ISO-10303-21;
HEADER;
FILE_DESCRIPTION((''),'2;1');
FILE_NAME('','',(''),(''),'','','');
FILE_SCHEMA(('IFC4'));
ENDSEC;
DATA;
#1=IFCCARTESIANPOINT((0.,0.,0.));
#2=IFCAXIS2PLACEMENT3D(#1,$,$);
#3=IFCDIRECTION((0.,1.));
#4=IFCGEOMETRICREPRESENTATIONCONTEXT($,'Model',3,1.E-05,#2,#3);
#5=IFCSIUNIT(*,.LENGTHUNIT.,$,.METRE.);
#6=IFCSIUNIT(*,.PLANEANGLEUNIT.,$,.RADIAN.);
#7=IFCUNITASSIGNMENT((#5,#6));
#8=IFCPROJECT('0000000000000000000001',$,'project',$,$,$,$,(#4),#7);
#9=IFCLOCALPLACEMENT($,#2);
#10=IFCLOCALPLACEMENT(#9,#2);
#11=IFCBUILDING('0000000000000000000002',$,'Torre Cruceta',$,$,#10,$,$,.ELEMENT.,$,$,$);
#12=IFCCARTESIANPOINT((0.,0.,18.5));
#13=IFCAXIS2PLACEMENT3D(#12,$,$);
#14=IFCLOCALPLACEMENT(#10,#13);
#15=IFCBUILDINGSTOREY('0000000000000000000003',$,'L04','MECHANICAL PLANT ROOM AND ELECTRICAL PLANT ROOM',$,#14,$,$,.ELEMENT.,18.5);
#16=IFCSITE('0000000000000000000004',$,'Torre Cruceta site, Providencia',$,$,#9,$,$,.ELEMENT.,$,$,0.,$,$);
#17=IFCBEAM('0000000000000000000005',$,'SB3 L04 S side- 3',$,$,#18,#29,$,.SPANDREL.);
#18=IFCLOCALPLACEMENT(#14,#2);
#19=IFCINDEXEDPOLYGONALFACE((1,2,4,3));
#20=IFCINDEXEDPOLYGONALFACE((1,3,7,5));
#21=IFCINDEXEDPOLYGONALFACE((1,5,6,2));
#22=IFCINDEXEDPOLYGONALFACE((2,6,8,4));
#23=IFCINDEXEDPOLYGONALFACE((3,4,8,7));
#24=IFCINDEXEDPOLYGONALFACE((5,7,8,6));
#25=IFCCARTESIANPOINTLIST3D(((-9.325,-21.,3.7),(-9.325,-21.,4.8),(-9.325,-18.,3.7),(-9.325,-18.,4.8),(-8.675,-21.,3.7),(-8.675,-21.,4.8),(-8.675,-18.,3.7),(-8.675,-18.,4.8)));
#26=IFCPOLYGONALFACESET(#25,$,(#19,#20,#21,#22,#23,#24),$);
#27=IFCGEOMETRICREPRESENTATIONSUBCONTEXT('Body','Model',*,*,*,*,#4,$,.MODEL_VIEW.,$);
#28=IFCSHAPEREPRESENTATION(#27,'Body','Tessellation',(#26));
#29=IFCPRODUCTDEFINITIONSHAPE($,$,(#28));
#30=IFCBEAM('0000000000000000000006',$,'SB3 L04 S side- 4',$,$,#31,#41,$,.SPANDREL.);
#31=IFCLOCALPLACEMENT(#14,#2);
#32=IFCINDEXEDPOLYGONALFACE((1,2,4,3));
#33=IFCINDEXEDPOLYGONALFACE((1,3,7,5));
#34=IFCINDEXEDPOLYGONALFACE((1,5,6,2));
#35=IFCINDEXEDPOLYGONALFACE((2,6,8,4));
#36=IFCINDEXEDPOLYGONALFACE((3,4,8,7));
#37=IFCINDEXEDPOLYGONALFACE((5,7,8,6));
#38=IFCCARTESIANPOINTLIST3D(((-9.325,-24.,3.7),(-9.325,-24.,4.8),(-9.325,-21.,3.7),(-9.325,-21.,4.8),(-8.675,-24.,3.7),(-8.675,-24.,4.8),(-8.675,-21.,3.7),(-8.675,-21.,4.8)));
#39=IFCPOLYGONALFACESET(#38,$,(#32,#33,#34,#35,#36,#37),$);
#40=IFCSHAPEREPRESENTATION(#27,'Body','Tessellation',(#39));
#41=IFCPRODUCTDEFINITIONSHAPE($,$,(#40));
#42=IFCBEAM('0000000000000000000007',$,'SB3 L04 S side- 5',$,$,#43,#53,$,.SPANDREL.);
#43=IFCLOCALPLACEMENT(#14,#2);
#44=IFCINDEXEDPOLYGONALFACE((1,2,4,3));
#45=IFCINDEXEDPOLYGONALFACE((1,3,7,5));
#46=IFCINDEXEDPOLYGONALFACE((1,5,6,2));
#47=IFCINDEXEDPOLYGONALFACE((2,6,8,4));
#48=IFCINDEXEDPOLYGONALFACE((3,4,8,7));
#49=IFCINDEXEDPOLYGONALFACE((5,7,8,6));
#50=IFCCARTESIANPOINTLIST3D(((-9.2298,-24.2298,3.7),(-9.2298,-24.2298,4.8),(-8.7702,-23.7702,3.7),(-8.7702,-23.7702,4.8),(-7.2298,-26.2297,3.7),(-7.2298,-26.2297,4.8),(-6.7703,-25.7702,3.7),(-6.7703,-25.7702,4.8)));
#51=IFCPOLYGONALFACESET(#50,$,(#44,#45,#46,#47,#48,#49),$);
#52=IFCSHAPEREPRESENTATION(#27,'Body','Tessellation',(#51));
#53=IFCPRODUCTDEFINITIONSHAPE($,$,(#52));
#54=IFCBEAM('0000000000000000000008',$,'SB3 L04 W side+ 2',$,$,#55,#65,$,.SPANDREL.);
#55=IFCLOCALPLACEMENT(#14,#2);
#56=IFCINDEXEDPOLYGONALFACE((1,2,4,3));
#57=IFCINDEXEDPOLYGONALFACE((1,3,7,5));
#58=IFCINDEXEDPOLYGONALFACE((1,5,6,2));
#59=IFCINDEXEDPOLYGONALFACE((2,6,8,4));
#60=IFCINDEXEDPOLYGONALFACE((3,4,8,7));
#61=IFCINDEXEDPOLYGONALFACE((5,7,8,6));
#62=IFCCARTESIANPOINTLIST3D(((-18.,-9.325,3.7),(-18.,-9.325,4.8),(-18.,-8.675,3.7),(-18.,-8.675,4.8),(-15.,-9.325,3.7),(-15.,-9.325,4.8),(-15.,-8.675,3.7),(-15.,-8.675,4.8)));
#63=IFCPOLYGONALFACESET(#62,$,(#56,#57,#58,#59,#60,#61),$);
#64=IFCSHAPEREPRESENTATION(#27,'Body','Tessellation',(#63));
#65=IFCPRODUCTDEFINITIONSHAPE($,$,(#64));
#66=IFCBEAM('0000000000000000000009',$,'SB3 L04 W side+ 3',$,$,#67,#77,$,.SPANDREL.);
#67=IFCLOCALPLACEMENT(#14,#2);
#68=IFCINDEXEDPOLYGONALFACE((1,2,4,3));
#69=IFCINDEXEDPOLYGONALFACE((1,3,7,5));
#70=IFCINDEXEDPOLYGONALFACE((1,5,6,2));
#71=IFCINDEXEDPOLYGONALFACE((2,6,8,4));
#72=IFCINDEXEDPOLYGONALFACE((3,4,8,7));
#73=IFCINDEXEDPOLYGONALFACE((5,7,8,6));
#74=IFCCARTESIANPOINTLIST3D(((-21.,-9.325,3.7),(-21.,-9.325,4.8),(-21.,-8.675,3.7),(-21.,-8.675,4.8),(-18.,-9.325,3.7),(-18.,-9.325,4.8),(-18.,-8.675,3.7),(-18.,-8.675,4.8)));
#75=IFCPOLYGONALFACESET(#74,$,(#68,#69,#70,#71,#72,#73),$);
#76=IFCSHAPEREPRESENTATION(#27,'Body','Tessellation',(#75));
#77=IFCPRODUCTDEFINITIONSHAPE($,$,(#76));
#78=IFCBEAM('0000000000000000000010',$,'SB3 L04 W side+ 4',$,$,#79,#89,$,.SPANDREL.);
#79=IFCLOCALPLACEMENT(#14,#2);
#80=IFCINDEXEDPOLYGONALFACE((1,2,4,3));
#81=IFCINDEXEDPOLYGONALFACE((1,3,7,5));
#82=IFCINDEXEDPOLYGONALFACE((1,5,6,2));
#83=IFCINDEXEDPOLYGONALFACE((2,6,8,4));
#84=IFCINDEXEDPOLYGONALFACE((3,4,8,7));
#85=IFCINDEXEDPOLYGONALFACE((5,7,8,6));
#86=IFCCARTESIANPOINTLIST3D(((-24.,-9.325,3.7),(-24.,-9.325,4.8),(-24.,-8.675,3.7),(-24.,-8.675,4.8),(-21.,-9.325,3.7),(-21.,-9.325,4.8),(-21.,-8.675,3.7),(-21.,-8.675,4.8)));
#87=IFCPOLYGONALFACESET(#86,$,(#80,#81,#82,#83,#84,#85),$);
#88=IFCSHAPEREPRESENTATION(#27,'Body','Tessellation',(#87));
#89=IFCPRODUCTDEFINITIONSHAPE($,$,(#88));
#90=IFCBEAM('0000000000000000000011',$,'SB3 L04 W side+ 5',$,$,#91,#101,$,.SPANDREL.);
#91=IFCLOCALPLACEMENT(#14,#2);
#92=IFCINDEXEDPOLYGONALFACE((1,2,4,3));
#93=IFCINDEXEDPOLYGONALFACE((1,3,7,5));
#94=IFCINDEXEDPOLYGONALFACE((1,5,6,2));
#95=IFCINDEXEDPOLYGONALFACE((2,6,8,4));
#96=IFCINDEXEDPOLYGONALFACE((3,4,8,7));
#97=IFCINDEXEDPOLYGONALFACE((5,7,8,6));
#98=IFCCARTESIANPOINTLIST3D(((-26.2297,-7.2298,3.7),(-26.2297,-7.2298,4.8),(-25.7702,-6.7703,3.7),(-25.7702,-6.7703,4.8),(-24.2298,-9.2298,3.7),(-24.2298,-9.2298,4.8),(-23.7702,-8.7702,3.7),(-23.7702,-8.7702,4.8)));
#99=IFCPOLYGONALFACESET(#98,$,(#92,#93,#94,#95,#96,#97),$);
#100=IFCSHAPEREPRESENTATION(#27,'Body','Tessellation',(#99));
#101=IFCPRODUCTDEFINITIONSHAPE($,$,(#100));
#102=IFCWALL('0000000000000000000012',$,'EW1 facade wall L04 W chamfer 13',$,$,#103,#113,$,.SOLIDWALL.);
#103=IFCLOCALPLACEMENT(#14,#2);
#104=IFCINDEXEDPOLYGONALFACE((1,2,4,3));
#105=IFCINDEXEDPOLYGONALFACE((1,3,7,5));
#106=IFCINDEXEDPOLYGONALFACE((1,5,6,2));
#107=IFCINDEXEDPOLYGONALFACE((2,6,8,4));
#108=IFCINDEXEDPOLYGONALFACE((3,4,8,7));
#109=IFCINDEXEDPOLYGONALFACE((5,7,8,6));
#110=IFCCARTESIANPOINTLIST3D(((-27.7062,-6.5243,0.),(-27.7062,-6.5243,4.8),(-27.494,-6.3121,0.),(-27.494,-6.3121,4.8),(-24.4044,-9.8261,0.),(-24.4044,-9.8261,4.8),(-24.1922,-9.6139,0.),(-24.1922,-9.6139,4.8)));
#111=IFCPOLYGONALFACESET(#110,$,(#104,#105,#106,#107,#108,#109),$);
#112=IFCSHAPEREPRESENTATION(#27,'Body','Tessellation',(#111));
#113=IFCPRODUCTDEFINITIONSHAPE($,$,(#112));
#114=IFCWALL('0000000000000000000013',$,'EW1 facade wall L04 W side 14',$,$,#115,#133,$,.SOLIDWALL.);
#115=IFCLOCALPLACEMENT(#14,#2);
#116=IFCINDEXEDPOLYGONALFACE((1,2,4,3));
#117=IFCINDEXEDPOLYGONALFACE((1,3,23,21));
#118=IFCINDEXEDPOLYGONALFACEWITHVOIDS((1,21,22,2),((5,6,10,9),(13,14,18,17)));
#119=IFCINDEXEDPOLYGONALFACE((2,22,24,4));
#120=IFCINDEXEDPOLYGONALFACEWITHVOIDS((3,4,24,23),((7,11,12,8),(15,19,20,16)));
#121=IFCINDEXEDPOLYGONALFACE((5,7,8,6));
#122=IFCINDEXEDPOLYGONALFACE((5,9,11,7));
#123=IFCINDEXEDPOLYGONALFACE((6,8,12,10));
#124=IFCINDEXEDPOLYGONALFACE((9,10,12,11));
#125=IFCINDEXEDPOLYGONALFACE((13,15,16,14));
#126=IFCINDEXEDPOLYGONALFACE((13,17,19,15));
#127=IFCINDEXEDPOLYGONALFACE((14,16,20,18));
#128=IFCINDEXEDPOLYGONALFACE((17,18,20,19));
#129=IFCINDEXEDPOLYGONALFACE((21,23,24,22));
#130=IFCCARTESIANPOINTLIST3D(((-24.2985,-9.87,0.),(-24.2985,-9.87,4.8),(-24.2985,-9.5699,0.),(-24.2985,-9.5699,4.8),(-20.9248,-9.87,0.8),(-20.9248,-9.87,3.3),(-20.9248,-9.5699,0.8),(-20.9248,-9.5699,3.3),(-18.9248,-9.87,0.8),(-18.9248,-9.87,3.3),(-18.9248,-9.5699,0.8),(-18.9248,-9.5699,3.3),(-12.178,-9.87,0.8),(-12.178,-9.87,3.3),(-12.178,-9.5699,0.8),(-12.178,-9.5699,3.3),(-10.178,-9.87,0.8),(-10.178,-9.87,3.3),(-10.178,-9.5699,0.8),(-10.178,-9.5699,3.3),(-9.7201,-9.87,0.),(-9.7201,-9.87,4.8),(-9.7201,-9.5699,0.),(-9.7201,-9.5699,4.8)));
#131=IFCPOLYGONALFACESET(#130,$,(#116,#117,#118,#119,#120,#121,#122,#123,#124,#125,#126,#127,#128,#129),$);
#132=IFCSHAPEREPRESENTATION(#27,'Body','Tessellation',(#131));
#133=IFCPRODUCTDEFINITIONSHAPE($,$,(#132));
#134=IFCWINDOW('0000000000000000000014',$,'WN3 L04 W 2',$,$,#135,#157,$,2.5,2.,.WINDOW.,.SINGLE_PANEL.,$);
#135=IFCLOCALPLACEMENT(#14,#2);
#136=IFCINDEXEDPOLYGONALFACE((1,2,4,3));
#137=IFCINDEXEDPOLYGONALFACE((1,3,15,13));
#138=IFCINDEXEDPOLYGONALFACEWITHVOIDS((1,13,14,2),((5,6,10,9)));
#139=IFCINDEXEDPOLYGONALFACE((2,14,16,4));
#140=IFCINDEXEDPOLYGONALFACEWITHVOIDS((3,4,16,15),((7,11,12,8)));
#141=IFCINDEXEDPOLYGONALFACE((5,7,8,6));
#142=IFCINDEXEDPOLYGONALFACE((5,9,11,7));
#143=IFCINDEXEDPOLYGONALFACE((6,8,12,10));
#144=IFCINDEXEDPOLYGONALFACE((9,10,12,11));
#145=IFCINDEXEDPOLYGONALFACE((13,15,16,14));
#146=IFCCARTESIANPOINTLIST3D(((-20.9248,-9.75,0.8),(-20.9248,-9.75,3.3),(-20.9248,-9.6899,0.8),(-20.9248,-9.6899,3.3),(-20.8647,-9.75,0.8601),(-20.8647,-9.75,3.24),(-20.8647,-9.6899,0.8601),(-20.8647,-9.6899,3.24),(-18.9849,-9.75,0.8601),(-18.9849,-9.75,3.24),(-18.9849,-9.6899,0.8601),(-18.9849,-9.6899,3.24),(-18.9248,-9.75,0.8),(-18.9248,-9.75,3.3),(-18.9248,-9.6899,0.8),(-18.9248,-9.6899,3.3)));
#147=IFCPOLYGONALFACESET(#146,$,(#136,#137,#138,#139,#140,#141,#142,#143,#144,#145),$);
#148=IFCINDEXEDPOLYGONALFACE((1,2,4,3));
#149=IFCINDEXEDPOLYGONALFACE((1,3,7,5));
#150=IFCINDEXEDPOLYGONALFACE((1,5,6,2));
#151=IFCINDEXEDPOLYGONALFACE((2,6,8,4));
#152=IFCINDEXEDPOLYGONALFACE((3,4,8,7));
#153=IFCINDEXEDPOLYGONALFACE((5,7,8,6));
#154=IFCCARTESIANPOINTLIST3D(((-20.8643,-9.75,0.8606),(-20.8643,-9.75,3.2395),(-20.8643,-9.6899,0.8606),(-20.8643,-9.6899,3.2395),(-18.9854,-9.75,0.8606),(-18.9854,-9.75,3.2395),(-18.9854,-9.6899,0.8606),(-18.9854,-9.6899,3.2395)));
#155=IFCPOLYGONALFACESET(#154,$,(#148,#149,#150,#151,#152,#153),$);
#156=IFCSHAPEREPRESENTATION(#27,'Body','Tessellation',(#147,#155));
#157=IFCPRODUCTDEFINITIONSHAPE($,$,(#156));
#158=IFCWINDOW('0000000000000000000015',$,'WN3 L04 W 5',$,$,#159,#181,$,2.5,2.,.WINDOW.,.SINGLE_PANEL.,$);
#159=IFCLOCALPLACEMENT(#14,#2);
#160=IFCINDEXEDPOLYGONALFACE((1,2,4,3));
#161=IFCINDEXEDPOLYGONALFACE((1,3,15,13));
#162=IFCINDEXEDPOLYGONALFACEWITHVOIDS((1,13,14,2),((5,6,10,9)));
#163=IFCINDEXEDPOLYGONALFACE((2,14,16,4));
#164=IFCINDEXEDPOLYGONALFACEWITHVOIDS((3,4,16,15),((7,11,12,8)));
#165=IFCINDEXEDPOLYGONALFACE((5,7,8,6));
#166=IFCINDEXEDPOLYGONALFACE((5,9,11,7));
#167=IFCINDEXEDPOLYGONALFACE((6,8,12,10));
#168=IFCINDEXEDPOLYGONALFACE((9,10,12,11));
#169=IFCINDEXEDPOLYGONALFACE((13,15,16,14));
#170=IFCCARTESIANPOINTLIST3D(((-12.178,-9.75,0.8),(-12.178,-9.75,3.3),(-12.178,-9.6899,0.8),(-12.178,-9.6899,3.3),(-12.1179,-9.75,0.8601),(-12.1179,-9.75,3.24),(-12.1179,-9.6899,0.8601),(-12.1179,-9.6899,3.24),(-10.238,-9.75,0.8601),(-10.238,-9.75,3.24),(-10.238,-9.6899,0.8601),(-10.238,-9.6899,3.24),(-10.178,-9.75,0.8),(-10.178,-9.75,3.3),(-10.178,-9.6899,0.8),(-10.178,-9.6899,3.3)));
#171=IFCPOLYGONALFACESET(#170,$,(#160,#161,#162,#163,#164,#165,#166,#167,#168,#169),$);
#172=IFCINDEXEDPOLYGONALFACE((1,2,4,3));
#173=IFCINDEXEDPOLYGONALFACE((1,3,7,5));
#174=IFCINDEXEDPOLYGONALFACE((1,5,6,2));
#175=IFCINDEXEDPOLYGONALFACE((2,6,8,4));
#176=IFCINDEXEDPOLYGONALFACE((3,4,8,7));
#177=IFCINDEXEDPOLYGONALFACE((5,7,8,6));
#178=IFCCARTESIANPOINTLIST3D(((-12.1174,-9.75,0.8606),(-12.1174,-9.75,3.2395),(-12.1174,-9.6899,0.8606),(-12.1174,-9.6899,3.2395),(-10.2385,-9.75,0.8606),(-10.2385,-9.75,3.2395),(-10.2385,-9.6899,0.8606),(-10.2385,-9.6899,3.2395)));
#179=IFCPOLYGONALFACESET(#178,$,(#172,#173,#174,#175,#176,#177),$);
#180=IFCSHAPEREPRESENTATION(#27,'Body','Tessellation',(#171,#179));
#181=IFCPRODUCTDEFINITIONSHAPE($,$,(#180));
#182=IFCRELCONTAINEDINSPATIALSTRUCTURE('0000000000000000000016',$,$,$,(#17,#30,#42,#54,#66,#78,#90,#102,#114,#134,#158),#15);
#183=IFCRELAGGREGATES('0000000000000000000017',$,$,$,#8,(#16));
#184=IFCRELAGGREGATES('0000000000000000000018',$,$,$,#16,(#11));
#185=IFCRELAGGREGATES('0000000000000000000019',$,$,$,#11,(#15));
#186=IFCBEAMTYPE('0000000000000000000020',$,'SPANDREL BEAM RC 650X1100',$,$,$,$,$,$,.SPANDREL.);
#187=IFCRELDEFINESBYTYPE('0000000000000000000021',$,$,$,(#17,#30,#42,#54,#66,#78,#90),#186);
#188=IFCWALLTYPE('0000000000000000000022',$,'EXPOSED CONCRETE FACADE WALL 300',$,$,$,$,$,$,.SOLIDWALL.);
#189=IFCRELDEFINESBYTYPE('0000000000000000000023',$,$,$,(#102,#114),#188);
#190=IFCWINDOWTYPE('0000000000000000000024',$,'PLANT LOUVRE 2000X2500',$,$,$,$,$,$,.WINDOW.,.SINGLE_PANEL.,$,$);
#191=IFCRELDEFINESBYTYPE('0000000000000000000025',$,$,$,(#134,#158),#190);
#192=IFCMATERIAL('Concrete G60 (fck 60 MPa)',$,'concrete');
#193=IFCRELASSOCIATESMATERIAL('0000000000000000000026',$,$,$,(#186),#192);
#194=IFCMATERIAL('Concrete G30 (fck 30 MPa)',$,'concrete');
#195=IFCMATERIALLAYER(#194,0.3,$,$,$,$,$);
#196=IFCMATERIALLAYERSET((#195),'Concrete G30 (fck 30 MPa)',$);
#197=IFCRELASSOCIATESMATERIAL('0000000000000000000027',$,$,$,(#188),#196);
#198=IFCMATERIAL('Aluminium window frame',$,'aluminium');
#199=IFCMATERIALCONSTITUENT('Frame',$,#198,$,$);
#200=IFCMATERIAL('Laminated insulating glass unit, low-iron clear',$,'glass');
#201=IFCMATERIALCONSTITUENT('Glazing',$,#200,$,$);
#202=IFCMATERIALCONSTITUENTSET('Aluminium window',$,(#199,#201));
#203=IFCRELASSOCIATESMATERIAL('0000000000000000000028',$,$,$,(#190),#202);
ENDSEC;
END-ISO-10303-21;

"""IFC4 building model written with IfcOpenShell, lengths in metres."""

from ifc_helpers import new_model, si_unit, direction, frame, frame_2d, origin, origin_2d, place, context, subcontext, project, spatial, rectangle, hollow_rectangle, extrude, material, layer, layer_set, constituent, constituent_set, material_profile, profile_set, type_object, element, fill, save


model = new_model("IFC4")

# Units and contexts
model_context = context("Model", 3, precision=1e-05, world=origin(), true_north=direction((0.0, 1.0)))
body_context = subcontext(model_context, "Body", "Model", "MODEL_VIEW")
ifc_project = project(units=[si_unit("LENGTHUNIT", "METRE"), si_unit("PLANEANGLEUNIT", "RADIAN")], contexts=[model_context])

# Site, building, storey
site_placement = place(None, origin())
site = spatial("IfcSite", under=ifc_project, at=site_placement, Name="Torre Cruceta site, Providencia", CompositionType="ELEMENT", RefElevation=0.0)
building_placement = place(site_placement, origin())
building = spatial("IfcBuilding", under=site, at=building_placement, Name="Torre Cruceta", CompositionType="ELEMENT")
storey_placement = place(building_placement, frame((0.0, 0.0, 18.5)))
storey = spatial("IfcBuildingStorey", under=building, at=storey_placement, Name="L04", Description="MECHANICAL PLANT ROOM AND ELECTRICAL PLANT ROOM", CompositionType="ELEMENT", Elevation=18.5)

# Beams
ifc_material_1 = material(Name="Concrete G60 (fck 60 MPa)", Category="concrete")
ifc_material_profile_1 = material_profile(ifc_material_1, rectangle(XDim=0.6499, YDim=1.1001, at=origin_2d()), Name="RC 650X1100")
ifc_profile_set_1 = profile_set([ifc_material_profile_1], Name="Concrete G60 (fck 60 MPa)")
beam_type_1 = type_object("IfcBeamType", Name="SPANDREL BEAM RC 650X1100", PredefinedType="SPANDREL", material=ifc_profile_set_1)
for number, where, z_axis, x_axis, name in (
    (1, (-9.0, -18.0, 4.25), (0.0, -1.0, 0.0), (1.0, 0.0, 0.0), "SB3 L04 S side- 3"),
    (2, (-9.0, -21.0, 4.25), (0.0, -1.0, 0.0), (1.0, 0.0, 0.0), "SB3 L04 S side- 4"),
):
    element("IfcBeam", number, at=place(storey_placement, frame(where, z_axis=z_axis, x_axis=x_axis)), inside=storey, type_object=beam_type_1, Name=name, PredefinedType="SPANDREL", context=body_context, shape_type="SweptSolid", body=[
        extrude(rectangle(XDim=0.6499, YDim=1.1001, at=origin_2d()), origin(), (0.0, 0.0, 1.0), 3.0),
    ])
beam_1_placement = place(storey_placement, frame((-9.0, -24.0, 4.25), z_axis=(0.707107, -0.707107, 0.0), x_axis=(0.707107, 0.707107, 0.0)))
element("IfcBeam", 3, at=beam_1_placement, inside=storey, type_object=beam_type_1, Name="SB3 L04 S side- 5", PredefinedType="SPANDREL", context=body_context, shape_type="SweptSolid", body=[
    extrude(rectangle(XDim=0.6499, YDim=1.1001, at=origin_2d()), origin(), (0.0, 0.0, 1.0), 2.8284),
])
for number, where, z_axis, x_axis, name in (
    (4, (-15.0, -9.0, 4.25), (-1.0, 0.0, 0.0), (0.0, -1.0, 0.0), "SB3 L04 W side+ 2"),
    (5, (-18.0, -9.0, 4.25), (-1.0, 0.0, 0.0), (0.0, -1.0, 0.0), "SB3 L04 W side+ 3"),
    (6, (-21.0, -9.0, 4.25), (-1.0, 0.0, 0.0), (0.0, -1.0, 0.0), "SB3 L04 W side+ 4"),
):
    element("IfcBeam", number, at=place(storey_placement, frame(where, z_axis=z_axis, x_axis=x_axis)), inside=storey, type_object=beam_type_1, Name=name, PredefinedType="SPANDREL", context=body_context, shape_type="SweptSolid", body=[
        extrude(rectangle(XDim=0.6499, YDim=1.1001, at=origin_2d()), origin(), (0.0, 0.0, 1.0), 3.0),
    ])
beam_2_placement = place(storey_placement, frame((-24.0, -9.0, 4.25), z_axis=(-0.707107, 0.707107, 0.0), x_axis=(-0.707107, -0.707107, 0.0)))
element("IfcBeam", 7, at=beam_2_placement, inside=storey, type_object=beam_type_1, Name="SB3 L04 W side+ 5", PredefinedType="SPANDREL", context=body_context, shape_type="SweptSolid", body=[
    extrude(rectangle(XDim=0.6499, YDim=1.1001, at=origin_2d()), origin(), (0.0, 0.0, 1.0), 2.8284),
])

# Wall
ifc_material_2 = material(Name="Concrete G30 (fck 30 MPa)", Category="concrete")
ifc_layer = layer(ifc_material_2, 0.3)
ifc_layer_set = layer_set([ifc_layer], Name="Concrete G30 (fck 30 MPa)")
wall_type = type_object("IfcWallType", Name="EXPOSED CONCRETE FACADE WALL 300", PredefinedType="SOLIDWALL", material=ifc_layer_set)
wall_1_placement = place(storey_placement, frame((-27.6001, -6.4182, 0.0), z_axis=(0.0, 0.0, 1.0), x_axis=(0.707107, -0.707107, 0.0)))
element("IfcWall", 8, at=wall_1_placement, inside=storey, type_object=wall_type, Name="EW1 facade wall L04 W chamfer 13", PredefinedType="SOLIDWALL", context=body_context, shape_type="SweptSolid", body=[
    extrude(rectangle(XDim=4.6694, YDim=0.3, at=frame_2d((2.3347, 0.0))), origin(), (0.0, 0.0, 1.0), 4.8),
])

# Wall, openings, windows
wall_2_placement = place(storey_placement, frame((-24.2983, -9.72, 0.0), z_axis=(0.0, 0.0, 1.0), x_axis=(1.0, 0.0, 0.0)))
wall_2 = element("IfcWall", 9, at=wall_2_placement, inside=storey, type_object=wall_type, Name="EW1 facade wall L04 W side 14", PredefinedType="SOLIDWALL", context=body_context, shape_type="SweptSolid", body=[
    extrude(rectangle(XDim=14.5784, YDim=0.3, at=frame_2d((7.2891, 0.0))), origin(), (0.0, 0.0, 1.0), 4.8),
])
opening_1_placement = place(wall_2_placement, frame((3.3735, 0.0, 0.8)))
opening_1 = element("IfcOpeningElement", 10, at=opening_1_placement, cuts=wall_2, PredefinedType="OPENING", context=body_context, shape_type="SweptSolid", body=[
    extrude(rectangle(XDim=2.0, YDim=2.5, at=frame_2d((1.0, 1.25))), frame((0.0, 0.1599, 0.0), z_axis=(0.0, -1.0, 0.0), x_axis=(1.0, 0.0, 0.0)), (0.0, 0.0, 1.0), 0.3201),
])
opening_2_placement = place(wall_2_placement, frame((12.1204, 0.0, 0.8)))
opening_2 = element("IfcOpeningElement", 11, at=opening_2_placement, cuts=wall_2, PredefinedType="OPENING", context=body_context, shape_type="SweptSolid", body=[
    extrude(rectangle(XDim=2.0, YDim=2.5, at=frame_2d((1.0, 1.25))), frame((0.0, 0.1599, 0.0), z_axis=(0.0, -1.0, 0.0), x_axis=(1.0, 0.0, 0.0)), (0.0, 0.0, 1.0), 0.3201),
])
ifc_material_3 = material(Name="Aluminium window frame", Category="aluminium")
ifc_constituent_1 = constituent(ifc_material_3, Name="Frame")
ifc_material_4 = material(Name="Laminated insulating glass unit, low-iron clear", Category="glass")
ifc_constituent_2 = constituent(ifc_material_4, Name="Glazing")
ifc_constituent_set = constituent_set(constituents=[ifc_constituent_1, ifc_constituent_2], Name="Aluminium window")
window_type = type_object("IfcWindowType", Name="PLANT LOUVRE 2000X2500", PartitioningType="SINGLE_PANEL", PredefinedType="WINDOW", material=ifc_constituent_set)
window_1_placement = place(opening_1_placement, origin())
window_1 = element("IfcWindow", 12, at=window_1_placement, inside=storey, type_object=window_type, Name="WN3 L04 W 2", OverallHeight=2.5, OverallWidth=2.0, PartitioningType="SINGLE_PANEL", PredefinedType="WINDOW", context=body_context, shape_type="SweptSolid", body=[
    extrude(hollow_rectangle(XDim=2.0, YDim=2.5, WallThickness=0.0601, at=frame_2d((1.0, 1.25))), frame((0.0, 0.03, 0.0), z_axis=(0.0, -1.0, 0.0), x_axis=(1.0, 0.0, 0.0)), (0.0, 0.0, 1.0), 0.0601),
    extrude(rectangle(XDim=1.8789, YDim=2.3789, at=frame_2d((1.0, 1.25))), frame((0.0, 0.03, 0.0), z_axis=(0.0, -1.0, 0.0), x_axis=(1.0, 0.0, 0.0)), (0.0, 0.0, 1.0), 0.0601),
])
fill(opening_1, window_1)
window_2_placement = place(opening_2_placement, origin())
window_2 = element("IfcWindow", 13, at=window_2_placement, inside=storey, type_object=window_type, Name="WN3 L04 W 5", OverallHeight=2.5, OverallWidth=2.0, PartitioningType="SINGLE_PANEL", PredefinedType="WINDOW", context=body_context, shape_type="SweptSolid", body=[
    extrude(hollow_rectangle(XDim=2.0, YDim=2.5, WallThickness=0.0601, at=frame_2d((1.0, 1.25))), frame((0.0, 0.03, 0.0), z_axis=(0.0, -1.0, 0.0), x_axis=(1.0, 0.0, 0.0)), (0.0, 0.0, 1.0), 0.0601),
    extrude(rectangle(XDim=1.8789, YDim=2.3789, at=frame_2d((1.0, 1.25))), frame((0.0, 0.03, 0.0), z_axis=(0.0, -1.0, 0.0), x_axis=(1.0, 0.0, 0.0)), (0.0, 0.0, 1.0), 0.0601),
])
fill(opening_2, window_2)

save(model, "model.ifc")
